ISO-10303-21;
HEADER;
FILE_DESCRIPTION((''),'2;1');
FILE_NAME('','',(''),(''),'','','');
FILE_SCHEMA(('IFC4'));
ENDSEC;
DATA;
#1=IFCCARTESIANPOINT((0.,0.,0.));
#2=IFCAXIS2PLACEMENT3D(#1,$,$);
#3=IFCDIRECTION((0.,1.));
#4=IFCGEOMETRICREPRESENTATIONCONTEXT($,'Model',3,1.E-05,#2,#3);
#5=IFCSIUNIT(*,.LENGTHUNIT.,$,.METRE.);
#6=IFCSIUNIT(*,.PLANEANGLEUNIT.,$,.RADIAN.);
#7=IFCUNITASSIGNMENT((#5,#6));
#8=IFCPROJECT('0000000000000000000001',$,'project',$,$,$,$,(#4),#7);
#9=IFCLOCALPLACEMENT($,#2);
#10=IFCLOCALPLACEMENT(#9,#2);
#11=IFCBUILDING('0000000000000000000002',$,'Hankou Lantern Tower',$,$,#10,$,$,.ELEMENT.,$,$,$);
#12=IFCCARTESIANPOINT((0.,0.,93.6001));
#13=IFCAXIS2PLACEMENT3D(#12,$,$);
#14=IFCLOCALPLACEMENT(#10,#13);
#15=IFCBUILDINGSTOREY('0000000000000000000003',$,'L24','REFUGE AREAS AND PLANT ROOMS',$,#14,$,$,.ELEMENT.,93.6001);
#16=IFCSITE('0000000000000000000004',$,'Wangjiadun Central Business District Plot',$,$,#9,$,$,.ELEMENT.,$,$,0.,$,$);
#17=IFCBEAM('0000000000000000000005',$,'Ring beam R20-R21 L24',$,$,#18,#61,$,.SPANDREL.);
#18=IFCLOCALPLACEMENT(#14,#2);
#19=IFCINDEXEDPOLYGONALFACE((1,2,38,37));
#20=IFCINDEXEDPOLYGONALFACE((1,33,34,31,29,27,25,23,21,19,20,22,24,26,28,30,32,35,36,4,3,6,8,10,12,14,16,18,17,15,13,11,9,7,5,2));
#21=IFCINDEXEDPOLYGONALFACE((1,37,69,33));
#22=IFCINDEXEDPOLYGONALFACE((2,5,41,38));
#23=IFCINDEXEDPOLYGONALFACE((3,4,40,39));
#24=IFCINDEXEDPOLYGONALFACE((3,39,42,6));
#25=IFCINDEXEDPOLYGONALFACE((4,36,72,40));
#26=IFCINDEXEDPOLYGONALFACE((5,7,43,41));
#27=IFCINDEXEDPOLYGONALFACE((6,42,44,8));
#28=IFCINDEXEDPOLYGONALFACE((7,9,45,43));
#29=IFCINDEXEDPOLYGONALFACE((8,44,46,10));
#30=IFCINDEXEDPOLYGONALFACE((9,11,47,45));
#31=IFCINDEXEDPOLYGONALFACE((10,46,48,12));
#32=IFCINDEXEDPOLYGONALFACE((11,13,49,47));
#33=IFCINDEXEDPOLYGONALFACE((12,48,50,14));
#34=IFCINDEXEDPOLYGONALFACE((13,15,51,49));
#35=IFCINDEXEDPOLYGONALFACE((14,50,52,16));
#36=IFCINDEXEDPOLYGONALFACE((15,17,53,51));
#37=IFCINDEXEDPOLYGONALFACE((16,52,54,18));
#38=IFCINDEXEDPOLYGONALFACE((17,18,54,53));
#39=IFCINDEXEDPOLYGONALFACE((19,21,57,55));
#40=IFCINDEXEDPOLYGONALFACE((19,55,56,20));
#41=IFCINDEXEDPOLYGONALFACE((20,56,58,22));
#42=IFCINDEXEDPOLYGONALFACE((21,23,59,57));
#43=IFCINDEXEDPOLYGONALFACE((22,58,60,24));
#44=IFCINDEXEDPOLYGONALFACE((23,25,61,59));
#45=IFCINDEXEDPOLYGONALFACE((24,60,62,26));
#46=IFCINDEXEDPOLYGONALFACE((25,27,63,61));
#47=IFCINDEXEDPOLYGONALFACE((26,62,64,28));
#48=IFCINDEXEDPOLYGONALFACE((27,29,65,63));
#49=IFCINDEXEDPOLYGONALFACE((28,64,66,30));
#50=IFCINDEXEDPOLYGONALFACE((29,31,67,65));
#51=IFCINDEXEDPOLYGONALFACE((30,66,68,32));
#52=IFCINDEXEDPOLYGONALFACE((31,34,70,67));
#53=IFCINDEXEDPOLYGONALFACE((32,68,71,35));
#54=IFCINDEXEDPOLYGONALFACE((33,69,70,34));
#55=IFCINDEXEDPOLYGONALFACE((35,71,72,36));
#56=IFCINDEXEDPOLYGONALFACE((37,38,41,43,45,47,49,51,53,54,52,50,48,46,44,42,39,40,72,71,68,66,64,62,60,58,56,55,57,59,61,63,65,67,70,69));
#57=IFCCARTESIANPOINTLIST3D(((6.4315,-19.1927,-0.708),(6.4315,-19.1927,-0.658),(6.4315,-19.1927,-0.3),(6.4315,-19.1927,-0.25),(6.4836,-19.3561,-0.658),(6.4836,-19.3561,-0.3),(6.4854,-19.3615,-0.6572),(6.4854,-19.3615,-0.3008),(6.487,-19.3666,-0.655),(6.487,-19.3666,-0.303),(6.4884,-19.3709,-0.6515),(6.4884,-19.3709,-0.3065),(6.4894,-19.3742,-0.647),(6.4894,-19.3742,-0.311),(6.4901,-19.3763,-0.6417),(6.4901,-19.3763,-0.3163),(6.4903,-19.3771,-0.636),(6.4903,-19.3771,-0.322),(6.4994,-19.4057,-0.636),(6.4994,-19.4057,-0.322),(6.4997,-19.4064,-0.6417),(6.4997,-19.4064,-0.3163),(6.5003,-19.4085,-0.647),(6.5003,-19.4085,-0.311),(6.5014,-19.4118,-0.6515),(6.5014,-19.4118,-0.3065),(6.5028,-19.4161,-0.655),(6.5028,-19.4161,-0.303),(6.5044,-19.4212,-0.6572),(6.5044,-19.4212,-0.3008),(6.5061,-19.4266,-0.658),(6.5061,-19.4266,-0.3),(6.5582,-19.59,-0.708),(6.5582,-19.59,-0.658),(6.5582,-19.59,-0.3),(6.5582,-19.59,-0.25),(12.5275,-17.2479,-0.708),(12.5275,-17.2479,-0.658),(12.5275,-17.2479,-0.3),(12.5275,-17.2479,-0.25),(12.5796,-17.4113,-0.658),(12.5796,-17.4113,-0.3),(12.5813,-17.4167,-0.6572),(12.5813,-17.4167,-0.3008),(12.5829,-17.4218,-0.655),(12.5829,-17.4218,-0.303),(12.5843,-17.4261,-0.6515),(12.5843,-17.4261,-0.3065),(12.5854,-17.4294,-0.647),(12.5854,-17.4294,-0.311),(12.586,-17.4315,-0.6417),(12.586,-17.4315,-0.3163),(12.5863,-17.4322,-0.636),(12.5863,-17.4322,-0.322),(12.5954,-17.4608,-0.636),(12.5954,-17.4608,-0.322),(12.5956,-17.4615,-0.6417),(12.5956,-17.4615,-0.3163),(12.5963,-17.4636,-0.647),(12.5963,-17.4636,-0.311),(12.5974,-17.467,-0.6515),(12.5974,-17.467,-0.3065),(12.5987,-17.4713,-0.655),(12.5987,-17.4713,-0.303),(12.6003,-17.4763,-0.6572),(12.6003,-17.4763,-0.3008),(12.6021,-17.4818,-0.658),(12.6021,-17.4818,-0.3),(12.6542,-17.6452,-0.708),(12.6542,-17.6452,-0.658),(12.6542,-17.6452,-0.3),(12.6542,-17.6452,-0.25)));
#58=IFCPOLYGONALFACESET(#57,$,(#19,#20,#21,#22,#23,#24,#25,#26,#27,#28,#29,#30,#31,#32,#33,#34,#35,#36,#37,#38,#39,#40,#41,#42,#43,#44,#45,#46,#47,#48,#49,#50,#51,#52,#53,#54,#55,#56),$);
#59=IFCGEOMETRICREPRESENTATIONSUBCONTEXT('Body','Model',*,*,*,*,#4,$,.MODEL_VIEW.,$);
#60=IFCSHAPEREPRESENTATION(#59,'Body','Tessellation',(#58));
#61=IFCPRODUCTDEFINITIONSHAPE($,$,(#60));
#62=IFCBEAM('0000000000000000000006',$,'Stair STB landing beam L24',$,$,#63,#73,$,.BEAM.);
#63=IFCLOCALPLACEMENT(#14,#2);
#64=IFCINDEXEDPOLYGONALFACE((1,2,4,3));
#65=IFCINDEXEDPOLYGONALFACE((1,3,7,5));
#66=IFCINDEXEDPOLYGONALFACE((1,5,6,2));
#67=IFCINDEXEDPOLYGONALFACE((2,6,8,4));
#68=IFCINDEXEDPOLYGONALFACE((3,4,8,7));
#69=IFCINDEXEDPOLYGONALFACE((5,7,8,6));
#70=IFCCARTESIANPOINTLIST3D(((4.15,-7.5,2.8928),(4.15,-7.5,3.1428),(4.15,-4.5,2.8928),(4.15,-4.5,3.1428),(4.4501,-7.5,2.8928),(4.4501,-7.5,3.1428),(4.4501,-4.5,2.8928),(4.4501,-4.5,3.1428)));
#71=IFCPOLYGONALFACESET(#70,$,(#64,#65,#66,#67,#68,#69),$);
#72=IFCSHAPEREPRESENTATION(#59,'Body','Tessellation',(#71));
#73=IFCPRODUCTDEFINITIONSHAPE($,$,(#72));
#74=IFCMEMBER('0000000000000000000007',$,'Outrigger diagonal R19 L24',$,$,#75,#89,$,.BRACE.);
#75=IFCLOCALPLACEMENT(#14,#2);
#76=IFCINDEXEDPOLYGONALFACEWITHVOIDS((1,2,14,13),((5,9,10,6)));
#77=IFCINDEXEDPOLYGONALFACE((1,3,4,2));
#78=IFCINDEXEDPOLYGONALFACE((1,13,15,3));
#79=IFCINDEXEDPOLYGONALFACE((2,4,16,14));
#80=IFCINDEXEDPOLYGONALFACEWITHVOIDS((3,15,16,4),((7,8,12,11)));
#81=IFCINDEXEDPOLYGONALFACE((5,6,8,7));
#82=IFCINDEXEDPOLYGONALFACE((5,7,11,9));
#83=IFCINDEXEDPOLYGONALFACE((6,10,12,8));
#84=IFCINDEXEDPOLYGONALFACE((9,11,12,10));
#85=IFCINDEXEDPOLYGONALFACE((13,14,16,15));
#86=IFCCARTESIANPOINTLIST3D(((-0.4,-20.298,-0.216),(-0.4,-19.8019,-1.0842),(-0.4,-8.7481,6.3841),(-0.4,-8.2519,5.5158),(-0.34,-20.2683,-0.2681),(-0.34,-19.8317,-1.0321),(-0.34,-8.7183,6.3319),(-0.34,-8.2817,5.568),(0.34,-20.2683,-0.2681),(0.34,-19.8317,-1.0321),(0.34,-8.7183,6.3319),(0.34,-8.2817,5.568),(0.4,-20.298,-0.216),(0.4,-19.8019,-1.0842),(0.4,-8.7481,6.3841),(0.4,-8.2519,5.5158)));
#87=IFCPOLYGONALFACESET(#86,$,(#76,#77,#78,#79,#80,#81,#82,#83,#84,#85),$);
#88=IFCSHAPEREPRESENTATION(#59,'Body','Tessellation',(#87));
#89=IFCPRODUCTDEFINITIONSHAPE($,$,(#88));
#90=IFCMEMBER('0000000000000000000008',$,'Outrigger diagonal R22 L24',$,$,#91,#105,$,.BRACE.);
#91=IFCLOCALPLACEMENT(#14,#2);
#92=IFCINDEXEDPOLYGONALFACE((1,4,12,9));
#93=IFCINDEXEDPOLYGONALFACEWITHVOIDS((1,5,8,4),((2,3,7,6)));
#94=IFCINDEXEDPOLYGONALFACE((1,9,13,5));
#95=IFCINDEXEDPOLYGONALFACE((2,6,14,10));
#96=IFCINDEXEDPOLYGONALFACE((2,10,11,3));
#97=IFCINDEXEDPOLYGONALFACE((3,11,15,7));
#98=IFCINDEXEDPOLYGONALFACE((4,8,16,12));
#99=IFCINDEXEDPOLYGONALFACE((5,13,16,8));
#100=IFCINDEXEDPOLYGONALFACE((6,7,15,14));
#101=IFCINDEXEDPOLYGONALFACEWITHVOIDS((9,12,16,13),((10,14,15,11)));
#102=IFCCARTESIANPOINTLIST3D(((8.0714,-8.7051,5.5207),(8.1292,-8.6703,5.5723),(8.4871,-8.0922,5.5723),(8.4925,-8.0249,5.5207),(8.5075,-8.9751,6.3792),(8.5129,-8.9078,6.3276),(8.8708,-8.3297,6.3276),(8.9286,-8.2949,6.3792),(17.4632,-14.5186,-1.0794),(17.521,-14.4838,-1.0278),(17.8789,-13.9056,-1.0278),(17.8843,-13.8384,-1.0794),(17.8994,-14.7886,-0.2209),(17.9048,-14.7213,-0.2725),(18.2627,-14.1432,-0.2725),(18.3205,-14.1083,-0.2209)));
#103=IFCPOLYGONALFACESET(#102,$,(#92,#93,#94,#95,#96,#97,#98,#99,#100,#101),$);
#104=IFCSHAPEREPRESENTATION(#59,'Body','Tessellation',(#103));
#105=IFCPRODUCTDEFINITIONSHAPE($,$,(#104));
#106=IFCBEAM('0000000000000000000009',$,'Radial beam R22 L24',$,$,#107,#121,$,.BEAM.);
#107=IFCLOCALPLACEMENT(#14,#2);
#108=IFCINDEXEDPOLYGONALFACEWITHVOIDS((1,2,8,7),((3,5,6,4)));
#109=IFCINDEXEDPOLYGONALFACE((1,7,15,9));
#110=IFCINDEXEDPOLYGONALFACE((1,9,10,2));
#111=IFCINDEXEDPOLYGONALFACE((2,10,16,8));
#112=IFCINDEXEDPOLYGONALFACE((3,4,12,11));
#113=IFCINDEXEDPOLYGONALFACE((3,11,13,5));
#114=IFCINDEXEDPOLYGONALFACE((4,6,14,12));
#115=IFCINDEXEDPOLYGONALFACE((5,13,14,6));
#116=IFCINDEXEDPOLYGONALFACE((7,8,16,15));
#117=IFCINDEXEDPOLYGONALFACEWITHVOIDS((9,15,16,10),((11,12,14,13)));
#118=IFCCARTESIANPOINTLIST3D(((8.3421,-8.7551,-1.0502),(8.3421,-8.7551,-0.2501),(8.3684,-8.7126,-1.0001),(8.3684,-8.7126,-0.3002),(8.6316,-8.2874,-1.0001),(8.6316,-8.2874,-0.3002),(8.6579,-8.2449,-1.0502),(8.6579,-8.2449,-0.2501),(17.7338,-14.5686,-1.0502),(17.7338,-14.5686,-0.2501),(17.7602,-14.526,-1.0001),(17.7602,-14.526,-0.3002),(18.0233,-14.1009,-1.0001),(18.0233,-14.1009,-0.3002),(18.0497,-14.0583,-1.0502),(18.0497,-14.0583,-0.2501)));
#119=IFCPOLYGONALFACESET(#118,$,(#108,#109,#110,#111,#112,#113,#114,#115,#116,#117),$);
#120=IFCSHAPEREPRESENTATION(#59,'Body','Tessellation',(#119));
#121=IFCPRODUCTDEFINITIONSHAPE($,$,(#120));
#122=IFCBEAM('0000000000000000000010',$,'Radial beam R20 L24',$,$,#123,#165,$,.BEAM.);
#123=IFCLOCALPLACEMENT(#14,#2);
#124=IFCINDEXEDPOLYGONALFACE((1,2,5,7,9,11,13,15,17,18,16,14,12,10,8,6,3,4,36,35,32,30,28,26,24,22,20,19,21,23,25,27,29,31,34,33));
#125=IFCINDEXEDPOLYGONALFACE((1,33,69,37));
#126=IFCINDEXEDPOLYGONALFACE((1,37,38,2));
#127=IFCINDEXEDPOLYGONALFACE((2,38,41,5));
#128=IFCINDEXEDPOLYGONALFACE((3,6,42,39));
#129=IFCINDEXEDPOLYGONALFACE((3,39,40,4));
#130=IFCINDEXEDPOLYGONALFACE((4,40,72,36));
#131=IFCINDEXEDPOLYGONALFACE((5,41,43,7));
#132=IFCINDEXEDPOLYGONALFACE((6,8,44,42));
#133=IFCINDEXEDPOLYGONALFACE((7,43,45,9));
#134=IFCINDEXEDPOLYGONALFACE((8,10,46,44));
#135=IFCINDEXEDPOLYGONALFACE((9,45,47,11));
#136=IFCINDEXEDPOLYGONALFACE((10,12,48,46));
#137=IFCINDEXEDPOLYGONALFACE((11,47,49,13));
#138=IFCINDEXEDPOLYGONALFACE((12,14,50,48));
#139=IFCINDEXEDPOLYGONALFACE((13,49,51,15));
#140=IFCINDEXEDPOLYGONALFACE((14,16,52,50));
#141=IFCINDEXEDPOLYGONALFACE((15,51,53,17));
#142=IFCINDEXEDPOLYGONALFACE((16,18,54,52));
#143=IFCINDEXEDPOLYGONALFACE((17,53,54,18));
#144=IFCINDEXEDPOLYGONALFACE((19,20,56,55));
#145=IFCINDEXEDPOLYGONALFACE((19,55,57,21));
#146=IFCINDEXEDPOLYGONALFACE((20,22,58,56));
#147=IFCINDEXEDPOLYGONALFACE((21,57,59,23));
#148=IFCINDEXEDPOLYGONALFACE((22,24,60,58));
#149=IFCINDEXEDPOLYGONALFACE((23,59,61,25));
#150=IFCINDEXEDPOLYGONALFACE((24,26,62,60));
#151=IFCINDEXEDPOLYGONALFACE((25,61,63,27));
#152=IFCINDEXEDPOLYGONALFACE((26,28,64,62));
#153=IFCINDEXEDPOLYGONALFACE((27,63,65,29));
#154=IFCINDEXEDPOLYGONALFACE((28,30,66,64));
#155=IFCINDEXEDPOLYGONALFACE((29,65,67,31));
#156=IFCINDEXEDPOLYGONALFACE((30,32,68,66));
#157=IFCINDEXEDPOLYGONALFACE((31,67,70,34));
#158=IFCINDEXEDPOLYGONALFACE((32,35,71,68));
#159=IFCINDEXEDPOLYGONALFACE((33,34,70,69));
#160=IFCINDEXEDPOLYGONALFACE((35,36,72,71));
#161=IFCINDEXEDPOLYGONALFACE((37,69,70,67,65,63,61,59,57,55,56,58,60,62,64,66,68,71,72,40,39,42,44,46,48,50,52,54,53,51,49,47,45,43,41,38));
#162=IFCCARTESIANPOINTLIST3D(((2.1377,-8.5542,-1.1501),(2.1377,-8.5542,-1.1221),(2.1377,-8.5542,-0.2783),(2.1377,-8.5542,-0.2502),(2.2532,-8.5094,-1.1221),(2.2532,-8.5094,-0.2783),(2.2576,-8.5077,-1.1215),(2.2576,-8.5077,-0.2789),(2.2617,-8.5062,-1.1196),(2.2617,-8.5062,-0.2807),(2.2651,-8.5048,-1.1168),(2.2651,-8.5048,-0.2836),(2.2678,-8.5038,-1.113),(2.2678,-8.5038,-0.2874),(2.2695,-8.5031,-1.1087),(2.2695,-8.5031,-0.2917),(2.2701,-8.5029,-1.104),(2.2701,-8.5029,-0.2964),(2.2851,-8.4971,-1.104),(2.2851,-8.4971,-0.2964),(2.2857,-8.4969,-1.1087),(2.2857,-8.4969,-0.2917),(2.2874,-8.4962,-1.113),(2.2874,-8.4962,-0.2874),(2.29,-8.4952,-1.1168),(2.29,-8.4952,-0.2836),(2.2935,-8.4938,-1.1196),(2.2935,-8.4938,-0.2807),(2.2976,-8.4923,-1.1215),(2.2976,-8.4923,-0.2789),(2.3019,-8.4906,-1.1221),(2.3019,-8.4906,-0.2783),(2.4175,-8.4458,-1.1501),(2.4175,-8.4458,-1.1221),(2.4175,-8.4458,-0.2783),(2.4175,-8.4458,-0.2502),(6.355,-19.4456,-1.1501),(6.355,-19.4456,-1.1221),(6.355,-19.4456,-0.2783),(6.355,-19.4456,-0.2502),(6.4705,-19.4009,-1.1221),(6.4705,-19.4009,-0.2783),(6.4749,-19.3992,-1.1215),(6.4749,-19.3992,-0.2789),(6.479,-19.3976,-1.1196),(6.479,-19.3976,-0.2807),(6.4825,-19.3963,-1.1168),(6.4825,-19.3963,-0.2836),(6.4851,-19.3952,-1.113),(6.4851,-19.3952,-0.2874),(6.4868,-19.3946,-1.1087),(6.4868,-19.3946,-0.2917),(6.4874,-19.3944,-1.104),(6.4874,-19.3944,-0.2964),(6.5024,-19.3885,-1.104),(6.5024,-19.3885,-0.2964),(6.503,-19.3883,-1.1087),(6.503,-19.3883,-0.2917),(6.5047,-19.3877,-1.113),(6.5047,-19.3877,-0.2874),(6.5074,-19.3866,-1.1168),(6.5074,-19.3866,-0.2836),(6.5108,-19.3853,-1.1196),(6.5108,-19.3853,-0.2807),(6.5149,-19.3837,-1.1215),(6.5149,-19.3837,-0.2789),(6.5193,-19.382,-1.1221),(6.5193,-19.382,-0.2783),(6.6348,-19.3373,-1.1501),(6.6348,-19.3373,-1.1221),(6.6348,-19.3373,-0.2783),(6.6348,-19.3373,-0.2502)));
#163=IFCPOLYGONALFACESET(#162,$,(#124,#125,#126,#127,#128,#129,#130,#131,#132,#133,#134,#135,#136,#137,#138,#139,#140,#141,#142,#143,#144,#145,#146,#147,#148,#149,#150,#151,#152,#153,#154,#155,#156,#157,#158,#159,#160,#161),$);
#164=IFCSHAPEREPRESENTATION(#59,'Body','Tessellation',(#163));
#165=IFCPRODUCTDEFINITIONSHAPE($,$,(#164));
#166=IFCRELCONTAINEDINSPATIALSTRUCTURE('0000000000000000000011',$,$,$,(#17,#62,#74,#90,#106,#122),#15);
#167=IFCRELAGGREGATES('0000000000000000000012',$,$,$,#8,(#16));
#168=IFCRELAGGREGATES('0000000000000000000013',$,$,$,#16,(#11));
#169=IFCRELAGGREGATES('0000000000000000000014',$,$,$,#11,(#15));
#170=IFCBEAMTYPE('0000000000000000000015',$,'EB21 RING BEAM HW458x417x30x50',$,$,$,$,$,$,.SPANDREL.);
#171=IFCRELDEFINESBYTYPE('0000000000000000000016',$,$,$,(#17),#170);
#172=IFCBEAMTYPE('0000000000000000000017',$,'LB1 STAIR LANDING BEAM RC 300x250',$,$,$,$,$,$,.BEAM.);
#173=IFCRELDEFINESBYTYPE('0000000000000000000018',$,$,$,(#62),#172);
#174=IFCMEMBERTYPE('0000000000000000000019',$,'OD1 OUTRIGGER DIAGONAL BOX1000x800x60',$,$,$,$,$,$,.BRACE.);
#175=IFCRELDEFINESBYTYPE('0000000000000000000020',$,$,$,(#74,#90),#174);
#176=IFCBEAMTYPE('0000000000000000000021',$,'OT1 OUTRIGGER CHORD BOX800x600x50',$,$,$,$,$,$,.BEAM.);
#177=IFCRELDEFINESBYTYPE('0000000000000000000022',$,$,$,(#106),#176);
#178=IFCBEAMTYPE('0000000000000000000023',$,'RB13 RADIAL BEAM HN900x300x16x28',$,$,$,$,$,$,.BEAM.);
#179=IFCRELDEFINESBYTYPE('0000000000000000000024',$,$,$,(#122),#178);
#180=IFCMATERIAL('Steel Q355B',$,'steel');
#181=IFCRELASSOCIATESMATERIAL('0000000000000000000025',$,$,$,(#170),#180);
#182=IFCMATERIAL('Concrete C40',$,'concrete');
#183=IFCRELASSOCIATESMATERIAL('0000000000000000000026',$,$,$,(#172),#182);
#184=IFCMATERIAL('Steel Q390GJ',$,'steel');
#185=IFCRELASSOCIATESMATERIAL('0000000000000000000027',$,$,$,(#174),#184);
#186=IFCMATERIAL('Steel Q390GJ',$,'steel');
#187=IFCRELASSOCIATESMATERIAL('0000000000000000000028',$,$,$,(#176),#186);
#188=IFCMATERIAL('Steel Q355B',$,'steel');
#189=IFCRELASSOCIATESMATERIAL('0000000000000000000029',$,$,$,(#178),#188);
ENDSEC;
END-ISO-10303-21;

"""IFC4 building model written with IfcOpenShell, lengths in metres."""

from ifc_helpers import new_model, si_unit, direction, frame, origin, origin_2d, place, context, subcontext, project, spatial, rectangle, hollow_rectangle, i_section, extrude, material, material_profile, profile_set, type_object, element, save


model = new_model("IFC4")

# Units and contexts
model_context = context("Model", 3, precision=1e-05, world=origin(), true_north=direction((0.0, 1.0)))
body_context = subcontext(model_context, "Body", "Model", "MODEL_VIEW")
ifc_project = project(units=[si_unit("LENGTHUNIT", "METRE"), si_unit("PLANEANGLEUNIT", "RADIAN")], contexts=[model_context])

# Site, building, storey
site_placement = place(None, origin())
site = spatial("IfcSite", under=ifc_project, at=site_placement, Name="Wangjiadun Central Business District Plot", CompositionType="ELEMENT", RefElevation=0.0)
building_placement = place(site_placement, origin())
building = spatial("IfcBuilding", under=site, at=building_placement, Name="Hankou Lantern Tower", CompositionType="ELEMENT")
storey_placement = place(building_placement, frame((0.0, 0.0, 93.6001)))
storey = spatial("IfcBuildingStorey", under=building, at=storey_placement, Name="L24", Description="REFUGE AREAS AND PLANT ROOMS", CompositionType="ELEMENT", Elevation=93.6001)

# Beams
ifc_material_1 = material(Name="Steel Q355B", Category="steel")
ifc_material_profile_1 = material_profile(ifc_material_1, i_section(OverallWidth=0.417, OverallDepth=0.458, WebThickness=0.03, FlangeThickness=0.05, FilletRadius=0.022, at=origin_2d()), Name="HW458x417x30x50")
ifc_profile_set_1 = profile_set([ifc_material_profile_1], Name="Steel Q355B")
beam_type_1 = type_object("IfcBeamType", Name="EB21 RING BEAM HW458x417x30x50", PredefinedType="SPANDREL", material=ifc_profile_set_1)
beam_1_placement = place(storey_placement, frame((6.4949, -19.3914, -0.479), z_axis=(0.95269, 0.303942, 0.0), x_axis=(-0.303942, 0.95269, 0.0)))
element("IfcBeam", 1, at=beam_1_placement, inside=storey, type_object=beam_type_1, Name="Ring beam R20-R21 L24", PredefinedType="SPANDREL", context=body_context, shape_type="SweptSolid", body=[
    extrude(i_section(OverallWidth=0.417, OverallDepth=0.458, WebThickness=0.03, FlangeThickness=0.05, FilletRadius=0.022, at=origin_2d()), origin(), (0.0, 0.0, 1.0), 6.3987),
])
ifc_material_2 = material(Name="Concrete C40", Category="concrete")
ifc_material_profile_2 = material_profile(ifc_material_2, rectangle(XDim=0.3, YDim=0.25, at=origin_2d()), Name="RC 300x250")
ifc_profile_set_2 = profile_set([ifc_material_profile_2], Name="Concrete C40")
beam_type_2 = type_object("IfcBeamType", Name="LB1 STAIR LANDING BEAM RC 300x250", PredefinedType="BEAM", material=ifc_profile_set_2)
beam_2_placement = place(storey_placement, frame((4.3, -4.5, 3.0178), z_axis=(0.0, -1.0, 0.0), x_axis=(1.0, 0.0, 0.0)))
element("IfcBeam", 2, at=beam_2_placement, inside=storey, type_object=beam_type_2, Name="Stair STB landing beam L24", PredefinedType="BEAM", context=body_context, shape_type="SweptSolid", body=[
    extrude(rectangle(XDim=0.3, YDim=0.25, at=origin_2d()), origin(), (0.0, 0.0, 1.0), 3.0),
])

# Members
ifc_material_3 = material(Name="Steel Q390GJ", Category="steel")
ifc_material_profile_3 = material_profile(ifc_material_3, hollow_rectangle(XDim=0.8, YDim=1.0, WallThickness=0.0601, at=origin_2d()), Name="BOX1000x800x60")
ifc_profile_set_3 = profile_set([ifc_material_profile_3], Name="Steel Q390GJ")
member_type = type_object("IfcMemberType", Name="OD1 OUTRIGGER DIAGONAL BOX1000x800x60", PredefinedType="BRACE", material=ifc_profile_set_3)
member_1_placement = place(storey_placement, frame((0.0, -8.5, 5.95), z_axis=(0.0, -0.868241, -0.496143), x_axis=(1.0, 0.0, 0.0)))
element("IfcMember", 3, at=member_1_placement, inside=storey, type_object=member_type, Name="Outrigger diagonal R19 L24", PredefinedType="BRACE", context=body_context, shape_type="SweptSolid", body=[
    extrude(hollow_rectangle(XDim=0.8, YDim=1.0, WallThickness=0.0601, at=origin_2d()), origin(), (0.0, 0.0, 1.0), 13.3027),
])
member_2_placement = place(storey_placement, frame((8.5, -8.5, 5.95), z_axis=(0.729907, -0.451806, -0.51294), x_axis=(0.52632, 0.850286, 0.0)))
element("IfcMember", 4, at=member_2_placement, inside=storey, type_object=member_type, Name="Outrigger diagonal R22 L24", PredefinedType="BRACE", context=body_context, shape_type="SweptSolid", body=[
    extrude(hollow_rectangle(XDim=0.8, YDim=1.0, WallThickness=0.0601, at=origin_2d()), origin(), (0.0, 0.0, 1.0), 12.8672),
])

# Beams
ifc_material_4 = material(Name="Steel Q390GJ", Category="steel")
ifc_material_profile_4 = material_profile(ifc_material_4, hollow_rectangle(XDim=0.6001, YDim=0.8, WallThickness=0.05, at=origin_2d()), Name="BOX800x600x50")
ifc_profile_set_4 = profile_set([ifc_material_profile_4], Name="Steel Q390GJ")
beam_type_3 = type_object("IfcBeamType", Name="OT1 OUTRIGGER CHORD BOX800x600x50", PredefinedType="BEAM", material=ifc_profile_set_4)
beam_3_placement = place(storey_placement, frame((8.5, -8.5, -0.6501), z_axis=(0.850286, -0.52632, 0.0), x_axis=(0.52632, 0.850286, 0.0)))
element("IfcBeam", 5, at=beam_3_placement, inside=storey, type_object=beam_type_3, Name="Radial beam R22 L24", PredefinedType="BEAM", context=body_context, shape_type="SweptSolid", body=[
    extrude(hollow_rectangle(XDim=0.6001, YDim=0.8, WallThickness=0.05, at=origin_2d()), origin(), (0.0, 0.0, 1.0), 11.0454),
])
ifc_material_5 = material(Name="Steel Q355B", Category="steel")
ifc_material_profile_5 = material_profile(ifc_material_5, i_section(OverallWidth=0.3, OverallDepth=0.8999, WebThickness=0.0161, FlangeThickness=0.0281, FilletRadius=0.0181, at=origin_2d()), Name="HN900x300x16x28")
ifc_profile_set_5 = profile_set([ifc_material_profile_5], Name="Steel Q355B")
beam_type_4 = type_object("IfcBeamType", Name="RB13 RADIAL BEAM HN900x300x16x28", PredefinedType="BEAM", material=ifc_profile_set_5)
beam_4_placement = place(storey_placement, frame((2.2776, -8.5, -0.7002), z_axis=(0.361089, -0.932531, 0.0), x_axis=(0.932531, 0.361089, 0.0)))
element("IfcBeam", 6, at=beam_4_placement, inside=storey, type_object=beam_type_4, Name="Radial beam R20 L24", PredefinedType="BEAM", context=body_context, shape_type="SweptSolid", body=[
    extrude(i_section(OverallWidth=0.3, OverallDepth=0.8999, WebThickness=0.0161, FlangeThickness=0.0281, FilletRadius=0.0181, at=origin_2d()), origin(), (0.0, 0.0, 1.0), 11.6794),
])

save(model, "model.ifc")
